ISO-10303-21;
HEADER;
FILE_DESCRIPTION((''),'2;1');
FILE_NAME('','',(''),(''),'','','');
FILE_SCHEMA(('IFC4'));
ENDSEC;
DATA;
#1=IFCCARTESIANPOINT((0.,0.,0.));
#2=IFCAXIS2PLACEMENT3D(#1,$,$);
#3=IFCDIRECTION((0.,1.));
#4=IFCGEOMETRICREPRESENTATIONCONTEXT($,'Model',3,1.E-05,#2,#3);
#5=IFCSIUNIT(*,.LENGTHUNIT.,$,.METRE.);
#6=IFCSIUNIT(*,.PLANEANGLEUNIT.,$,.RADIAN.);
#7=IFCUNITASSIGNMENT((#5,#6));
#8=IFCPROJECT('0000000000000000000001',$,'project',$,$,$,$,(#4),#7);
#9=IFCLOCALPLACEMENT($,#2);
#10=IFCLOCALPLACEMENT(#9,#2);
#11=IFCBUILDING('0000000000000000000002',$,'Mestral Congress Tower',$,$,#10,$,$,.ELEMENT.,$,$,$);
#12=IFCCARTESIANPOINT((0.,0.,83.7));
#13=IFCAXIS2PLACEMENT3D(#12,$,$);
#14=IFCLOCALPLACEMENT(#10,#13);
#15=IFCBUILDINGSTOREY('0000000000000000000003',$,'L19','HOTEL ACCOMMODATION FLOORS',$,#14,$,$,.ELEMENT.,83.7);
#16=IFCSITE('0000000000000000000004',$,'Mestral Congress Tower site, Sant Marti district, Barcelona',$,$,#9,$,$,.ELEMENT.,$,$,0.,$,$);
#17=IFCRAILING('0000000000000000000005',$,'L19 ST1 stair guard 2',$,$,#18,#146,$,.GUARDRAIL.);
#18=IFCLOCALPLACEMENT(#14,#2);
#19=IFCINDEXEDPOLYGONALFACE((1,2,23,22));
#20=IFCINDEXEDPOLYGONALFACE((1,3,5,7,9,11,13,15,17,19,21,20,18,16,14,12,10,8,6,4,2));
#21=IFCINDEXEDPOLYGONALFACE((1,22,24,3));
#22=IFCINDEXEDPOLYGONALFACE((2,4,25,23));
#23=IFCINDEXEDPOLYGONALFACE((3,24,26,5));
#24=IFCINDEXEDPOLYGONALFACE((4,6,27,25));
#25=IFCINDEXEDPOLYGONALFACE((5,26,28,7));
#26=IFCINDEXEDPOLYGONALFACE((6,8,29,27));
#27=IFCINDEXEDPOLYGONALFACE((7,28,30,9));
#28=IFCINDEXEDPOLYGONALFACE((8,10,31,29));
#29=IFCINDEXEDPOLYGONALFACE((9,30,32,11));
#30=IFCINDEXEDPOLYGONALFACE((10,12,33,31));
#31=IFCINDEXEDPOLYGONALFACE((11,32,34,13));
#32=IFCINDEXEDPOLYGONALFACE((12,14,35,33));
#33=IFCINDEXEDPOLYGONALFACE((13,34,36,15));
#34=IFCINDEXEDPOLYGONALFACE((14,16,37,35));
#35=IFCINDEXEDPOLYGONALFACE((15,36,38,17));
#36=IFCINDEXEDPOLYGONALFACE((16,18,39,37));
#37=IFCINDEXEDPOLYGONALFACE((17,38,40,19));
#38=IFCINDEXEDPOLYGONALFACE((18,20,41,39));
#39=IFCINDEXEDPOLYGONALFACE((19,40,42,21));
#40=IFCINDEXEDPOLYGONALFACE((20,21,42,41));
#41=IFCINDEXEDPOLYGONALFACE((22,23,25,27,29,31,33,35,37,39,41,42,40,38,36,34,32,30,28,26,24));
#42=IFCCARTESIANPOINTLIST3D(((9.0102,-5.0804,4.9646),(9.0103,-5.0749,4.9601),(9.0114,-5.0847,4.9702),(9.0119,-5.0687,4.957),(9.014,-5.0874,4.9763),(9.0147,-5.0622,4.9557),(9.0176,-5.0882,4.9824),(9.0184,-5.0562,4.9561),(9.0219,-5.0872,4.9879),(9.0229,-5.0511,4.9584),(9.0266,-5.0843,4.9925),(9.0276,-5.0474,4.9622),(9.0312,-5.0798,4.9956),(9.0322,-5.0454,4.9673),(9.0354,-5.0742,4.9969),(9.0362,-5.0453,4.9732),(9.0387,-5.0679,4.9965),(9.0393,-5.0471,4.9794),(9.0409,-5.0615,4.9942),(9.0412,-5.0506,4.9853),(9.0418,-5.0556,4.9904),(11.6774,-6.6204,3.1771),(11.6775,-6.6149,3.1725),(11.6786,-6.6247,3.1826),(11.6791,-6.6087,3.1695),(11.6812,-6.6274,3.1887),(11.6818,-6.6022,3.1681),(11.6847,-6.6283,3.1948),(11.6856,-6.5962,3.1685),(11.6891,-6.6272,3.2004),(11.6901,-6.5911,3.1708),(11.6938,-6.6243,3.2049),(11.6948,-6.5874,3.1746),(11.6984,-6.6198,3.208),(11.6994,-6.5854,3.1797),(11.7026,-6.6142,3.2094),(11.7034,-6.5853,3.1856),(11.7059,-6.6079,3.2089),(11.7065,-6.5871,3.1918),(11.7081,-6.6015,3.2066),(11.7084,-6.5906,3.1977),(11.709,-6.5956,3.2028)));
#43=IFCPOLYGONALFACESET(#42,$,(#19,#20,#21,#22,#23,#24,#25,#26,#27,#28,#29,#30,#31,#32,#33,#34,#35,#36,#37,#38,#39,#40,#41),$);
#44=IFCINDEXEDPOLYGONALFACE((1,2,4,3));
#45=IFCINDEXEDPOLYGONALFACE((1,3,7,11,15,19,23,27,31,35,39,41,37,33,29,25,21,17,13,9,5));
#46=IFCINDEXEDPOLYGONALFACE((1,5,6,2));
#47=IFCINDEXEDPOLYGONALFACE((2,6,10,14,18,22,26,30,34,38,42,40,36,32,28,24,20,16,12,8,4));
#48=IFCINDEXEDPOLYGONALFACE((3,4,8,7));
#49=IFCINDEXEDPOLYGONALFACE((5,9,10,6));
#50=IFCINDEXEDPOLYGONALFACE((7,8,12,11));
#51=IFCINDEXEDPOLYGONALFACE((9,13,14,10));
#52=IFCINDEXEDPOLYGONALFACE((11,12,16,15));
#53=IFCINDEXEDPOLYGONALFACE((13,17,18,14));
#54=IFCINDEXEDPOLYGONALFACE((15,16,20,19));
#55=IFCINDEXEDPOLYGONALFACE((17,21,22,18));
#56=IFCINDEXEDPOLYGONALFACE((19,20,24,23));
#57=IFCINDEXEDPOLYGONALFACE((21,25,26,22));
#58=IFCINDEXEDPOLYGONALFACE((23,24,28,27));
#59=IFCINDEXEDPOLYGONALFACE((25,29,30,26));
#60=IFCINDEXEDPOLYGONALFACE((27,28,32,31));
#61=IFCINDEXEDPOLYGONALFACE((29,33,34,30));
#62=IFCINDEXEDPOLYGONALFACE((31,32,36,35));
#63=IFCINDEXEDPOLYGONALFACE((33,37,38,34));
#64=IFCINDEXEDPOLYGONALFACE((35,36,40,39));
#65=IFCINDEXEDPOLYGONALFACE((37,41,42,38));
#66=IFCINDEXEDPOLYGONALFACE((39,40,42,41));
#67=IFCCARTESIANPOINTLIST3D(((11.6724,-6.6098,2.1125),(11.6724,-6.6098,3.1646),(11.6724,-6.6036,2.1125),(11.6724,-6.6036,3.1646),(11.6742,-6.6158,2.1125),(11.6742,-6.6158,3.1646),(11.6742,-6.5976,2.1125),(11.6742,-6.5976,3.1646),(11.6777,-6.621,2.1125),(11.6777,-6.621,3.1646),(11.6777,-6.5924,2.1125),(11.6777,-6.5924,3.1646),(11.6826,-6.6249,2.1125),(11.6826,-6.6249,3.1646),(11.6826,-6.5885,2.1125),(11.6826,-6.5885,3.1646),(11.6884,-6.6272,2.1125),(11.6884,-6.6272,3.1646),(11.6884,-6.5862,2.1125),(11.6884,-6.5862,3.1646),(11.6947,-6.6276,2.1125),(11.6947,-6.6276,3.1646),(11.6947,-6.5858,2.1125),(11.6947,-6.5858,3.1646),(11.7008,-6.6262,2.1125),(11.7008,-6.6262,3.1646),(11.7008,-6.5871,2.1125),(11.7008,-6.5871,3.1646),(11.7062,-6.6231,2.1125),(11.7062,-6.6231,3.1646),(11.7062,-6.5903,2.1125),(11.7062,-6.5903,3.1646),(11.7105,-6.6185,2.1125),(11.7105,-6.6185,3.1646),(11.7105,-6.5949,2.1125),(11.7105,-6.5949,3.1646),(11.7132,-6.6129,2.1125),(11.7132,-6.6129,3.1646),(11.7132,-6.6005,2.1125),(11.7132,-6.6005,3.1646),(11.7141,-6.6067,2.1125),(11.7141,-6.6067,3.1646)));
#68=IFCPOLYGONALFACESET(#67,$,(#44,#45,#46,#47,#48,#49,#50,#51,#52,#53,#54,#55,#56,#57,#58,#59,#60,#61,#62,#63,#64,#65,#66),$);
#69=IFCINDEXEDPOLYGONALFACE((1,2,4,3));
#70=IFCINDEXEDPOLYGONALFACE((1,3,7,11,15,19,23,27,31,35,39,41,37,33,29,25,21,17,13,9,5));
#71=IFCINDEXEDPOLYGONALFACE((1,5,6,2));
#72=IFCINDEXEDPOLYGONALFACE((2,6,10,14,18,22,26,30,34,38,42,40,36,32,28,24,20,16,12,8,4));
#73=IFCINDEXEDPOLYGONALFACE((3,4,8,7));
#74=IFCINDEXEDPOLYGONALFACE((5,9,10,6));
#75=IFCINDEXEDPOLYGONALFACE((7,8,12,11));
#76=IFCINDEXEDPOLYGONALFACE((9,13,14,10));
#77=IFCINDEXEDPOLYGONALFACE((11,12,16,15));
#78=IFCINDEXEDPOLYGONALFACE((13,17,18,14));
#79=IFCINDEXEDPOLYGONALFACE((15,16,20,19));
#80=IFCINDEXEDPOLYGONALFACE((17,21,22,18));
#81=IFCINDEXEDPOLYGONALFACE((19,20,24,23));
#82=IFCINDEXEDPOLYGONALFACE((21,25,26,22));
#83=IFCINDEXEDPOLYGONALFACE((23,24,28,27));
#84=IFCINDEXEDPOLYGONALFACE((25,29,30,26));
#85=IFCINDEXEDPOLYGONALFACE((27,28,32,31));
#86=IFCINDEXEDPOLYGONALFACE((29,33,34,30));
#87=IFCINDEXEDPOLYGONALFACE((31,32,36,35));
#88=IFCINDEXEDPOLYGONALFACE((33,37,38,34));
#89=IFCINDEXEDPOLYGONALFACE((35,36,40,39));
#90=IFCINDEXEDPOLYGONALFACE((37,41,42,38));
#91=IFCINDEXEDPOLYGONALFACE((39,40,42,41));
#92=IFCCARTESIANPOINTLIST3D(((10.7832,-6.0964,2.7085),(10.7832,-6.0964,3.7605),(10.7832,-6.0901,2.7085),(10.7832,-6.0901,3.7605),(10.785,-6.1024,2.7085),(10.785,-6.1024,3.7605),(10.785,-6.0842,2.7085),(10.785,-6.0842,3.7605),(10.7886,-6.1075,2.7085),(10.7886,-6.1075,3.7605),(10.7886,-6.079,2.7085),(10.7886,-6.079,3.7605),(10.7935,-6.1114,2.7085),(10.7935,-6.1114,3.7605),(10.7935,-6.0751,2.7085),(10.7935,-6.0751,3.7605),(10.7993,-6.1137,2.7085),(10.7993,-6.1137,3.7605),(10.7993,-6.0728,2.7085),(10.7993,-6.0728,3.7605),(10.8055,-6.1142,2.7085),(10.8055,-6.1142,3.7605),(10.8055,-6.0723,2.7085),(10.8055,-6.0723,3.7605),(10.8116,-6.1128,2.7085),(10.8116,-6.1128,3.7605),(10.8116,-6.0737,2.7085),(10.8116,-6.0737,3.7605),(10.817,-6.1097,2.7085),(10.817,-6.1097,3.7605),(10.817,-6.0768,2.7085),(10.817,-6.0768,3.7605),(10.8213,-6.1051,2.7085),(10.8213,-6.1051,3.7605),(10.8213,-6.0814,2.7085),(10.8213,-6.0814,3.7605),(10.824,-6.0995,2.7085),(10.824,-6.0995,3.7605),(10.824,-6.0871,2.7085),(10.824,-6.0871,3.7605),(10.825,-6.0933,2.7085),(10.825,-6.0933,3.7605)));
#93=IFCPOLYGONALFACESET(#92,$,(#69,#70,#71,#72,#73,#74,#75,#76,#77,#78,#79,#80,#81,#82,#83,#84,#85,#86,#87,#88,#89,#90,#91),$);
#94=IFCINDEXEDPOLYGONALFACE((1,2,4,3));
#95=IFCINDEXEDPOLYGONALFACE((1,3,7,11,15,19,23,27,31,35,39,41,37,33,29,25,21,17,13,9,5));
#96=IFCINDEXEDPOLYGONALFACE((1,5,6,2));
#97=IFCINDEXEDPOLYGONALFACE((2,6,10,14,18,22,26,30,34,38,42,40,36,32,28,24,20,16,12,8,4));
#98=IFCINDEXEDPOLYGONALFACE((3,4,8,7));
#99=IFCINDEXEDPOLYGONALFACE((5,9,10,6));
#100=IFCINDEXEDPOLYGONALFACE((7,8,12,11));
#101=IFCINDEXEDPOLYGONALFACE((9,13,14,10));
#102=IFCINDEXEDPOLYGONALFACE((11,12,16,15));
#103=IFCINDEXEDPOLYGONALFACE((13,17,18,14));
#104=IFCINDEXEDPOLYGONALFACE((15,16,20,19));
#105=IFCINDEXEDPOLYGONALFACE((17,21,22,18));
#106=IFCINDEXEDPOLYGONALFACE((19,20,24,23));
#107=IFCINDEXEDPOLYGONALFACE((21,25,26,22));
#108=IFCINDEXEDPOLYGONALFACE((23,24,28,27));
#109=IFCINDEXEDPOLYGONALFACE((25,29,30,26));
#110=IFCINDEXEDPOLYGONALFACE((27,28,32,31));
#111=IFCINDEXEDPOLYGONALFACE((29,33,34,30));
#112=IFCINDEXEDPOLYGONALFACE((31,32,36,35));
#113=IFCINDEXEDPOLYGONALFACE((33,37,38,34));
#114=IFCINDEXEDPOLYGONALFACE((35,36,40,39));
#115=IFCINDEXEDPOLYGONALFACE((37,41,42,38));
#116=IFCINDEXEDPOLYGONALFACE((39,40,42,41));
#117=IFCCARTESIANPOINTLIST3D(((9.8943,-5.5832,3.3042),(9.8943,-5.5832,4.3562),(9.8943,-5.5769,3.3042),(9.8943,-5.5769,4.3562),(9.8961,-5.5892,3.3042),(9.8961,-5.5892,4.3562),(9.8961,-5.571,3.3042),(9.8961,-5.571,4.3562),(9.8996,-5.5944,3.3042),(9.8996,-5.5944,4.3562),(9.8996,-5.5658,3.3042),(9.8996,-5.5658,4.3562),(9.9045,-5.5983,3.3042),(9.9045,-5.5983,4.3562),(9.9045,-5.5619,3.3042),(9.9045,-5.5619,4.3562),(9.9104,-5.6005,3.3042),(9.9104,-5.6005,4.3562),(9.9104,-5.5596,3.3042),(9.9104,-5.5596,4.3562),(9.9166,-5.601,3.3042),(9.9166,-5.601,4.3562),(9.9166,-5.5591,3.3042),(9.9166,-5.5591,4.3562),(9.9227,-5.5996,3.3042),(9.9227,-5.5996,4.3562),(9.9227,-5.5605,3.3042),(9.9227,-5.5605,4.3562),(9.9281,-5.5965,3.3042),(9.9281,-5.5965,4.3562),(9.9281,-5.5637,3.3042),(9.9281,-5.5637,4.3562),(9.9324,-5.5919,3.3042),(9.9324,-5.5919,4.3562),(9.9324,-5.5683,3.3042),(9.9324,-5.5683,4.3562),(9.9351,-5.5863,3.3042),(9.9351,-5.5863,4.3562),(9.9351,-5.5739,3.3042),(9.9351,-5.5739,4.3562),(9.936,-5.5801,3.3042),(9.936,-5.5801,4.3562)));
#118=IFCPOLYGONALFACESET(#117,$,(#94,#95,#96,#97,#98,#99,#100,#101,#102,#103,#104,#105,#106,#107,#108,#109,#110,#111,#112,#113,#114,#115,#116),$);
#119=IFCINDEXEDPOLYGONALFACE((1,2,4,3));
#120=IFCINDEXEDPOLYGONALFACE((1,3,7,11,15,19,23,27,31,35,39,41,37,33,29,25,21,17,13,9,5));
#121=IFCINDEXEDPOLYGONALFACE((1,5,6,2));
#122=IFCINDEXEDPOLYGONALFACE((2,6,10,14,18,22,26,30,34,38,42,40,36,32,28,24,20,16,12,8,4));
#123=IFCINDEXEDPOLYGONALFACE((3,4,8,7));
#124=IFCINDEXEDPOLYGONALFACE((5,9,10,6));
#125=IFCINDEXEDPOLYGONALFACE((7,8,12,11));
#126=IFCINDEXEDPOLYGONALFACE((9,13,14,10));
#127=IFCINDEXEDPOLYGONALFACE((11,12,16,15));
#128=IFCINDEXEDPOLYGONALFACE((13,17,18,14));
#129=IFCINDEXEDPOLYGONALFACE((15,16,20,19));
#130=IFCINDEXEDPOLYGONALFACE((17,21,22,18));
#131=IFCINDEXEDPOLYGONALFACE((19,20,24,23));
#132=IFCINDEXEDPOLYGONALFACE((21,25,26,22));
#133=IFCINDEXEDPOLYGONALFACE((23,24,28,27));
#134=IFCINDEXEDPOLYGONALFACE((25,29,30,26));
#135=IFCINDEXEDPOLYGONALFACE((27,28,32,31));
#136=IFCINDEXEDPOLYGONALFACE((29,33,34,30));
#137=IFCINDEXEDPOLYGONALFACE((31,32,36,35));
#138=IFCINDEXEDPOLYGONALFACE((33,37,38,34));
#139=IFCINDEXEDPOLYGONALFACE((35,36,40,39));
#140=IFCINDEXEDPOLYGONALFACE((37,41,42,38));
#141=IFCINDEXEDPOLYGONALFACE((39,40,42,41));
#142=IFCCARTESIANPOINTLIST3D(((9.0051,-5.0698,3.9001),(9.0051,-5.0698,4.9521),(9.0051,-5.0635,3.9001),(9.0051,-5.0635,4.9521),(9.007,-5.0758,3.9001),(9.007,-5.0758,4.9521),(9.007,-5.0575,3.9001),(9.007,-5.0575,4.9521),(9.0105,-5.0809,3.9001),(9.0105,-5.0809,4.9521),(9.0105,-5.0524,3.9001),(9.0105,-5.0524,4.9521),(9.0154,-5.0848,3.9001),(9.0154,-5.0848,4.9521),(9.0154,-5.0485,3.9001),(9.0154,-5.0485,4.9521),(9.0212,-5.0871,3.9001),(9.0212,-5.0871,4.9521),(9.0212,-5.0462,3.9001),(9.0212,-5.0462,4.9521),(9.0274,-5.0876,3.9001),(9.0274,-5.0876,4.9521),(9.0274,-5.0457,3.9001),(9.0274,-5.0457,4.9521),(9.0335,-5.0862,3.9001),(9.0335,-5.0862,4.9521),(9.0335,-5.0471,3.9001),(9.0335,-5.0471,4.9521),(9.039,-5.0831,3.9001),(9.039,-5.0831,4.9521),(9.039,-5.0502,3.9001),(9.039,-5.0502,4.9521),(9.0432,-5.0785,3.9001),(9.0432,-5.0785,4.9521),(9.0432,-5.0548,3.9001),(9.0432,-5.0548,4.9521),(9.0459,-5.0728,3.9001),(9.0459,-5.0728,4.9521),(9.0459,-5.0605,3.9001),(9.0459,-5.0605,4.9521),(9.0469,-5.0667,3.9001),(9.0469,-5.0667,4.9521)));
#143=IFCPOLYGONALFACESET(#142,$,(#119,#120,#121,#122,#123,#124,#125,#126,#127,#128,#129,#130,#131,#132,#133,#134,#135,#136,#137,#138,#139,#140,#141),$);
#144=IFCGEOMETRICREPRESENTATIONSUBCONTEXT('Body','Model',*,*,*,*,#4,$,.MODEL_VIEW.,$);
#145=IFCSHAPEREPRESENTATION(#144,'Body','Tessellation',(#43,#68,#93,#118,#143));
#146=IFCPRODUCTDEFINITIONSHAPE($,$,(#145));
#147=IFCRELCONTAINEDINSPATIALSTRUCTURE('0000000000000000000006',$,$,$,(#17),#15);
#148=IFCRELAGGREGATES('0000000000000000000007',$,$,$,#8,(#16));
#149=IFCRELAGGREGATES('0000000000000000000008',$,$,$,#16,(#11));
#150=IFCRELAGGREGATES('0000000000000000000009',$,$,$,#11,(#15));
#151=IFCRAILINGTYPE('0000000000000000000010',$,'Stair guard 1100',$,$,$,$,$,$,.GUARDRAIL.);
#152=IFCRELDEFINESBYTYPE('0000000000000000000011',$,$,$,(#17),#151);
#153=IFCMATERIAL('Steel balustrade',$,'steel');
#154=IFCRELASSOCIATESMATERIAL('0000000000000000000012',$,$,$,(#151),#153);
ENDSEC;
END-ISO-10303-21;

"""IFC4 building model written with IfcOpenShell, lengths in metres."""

from ifc_helpers import new_model, si_unit, direction, frame, origin, origin_2d, place, context, subcontext, project, spatial, circle, extrude, material, type_object, element, save


model = new_model("IFC4")

# Units and contexts
model_context = context("Model", 3, precision=1e-05, world=origin(), true_north=direction((0.0, 1.0)))
body_context = subcontext(model_context, "Body", "Model", "MODEL_VIEW")
ifc_project = project(units=[si_unit("LENGTHUNIT", "METRE"), si_unit("PLANEANGLEUNIT", "RADIAN")], contexts=[model_context])

# Site, building, storey
site_placement = place(None, origin())
site = spatial("IfcSite", under=ifc_project, at=site_placement, Name="Mestral Congress Tower site, Sant Marti district, Barcelona", CompositionType="ELEMENT", RefElevation=0.0)
building_placement = place(site_placement, origin())
building = spatial("IfcBuilding", under=site, at=building_placement, Name="Mestral Congress Tower", CompositionType="ELEMENT")
storey_placement = place(building_placement, frame((0.0, 0.0, 83.7)))
storey = spatial("IfcBuildingStorey", under=building, at=storey_placement, Name="L19", Description="HOTEL ACCOMMODATION FLOORS", CompositionType="ELEMENT", Elevation=83.7)

# Railing
ifc_material_1 = material(Name="Steel balustrade", Category="steel")
railing_type_1 = type_object("IfcRailingType", Name="Stair guard 1100", PredefinedType="GUARDRAIL", material=ifc_material_1)
railing_1_placement = place(storey_placement, frame((11.6931, -6.6067, 2.1125)))
element("IfcRailing", 1, at=railing_1_placement, inside=storey, type_object=railing_type_1, Name="L19 ST1 stair guard 2", PredefinedType="GUARDRAIL", context=body_context, shape_type="SweptSolid", body=[
    extrude(circle(Radius=0.0239, at=origin_2d()), frame((0.0, 0.0, 1.0762), z_axis=(-0.748994, 0.432463, 0.50198), x_axis=(-0.500027, -0.86601, 0.0)), (0.0, 0.0, 1.0), 3.561),
    extrude(circle(Radius=0.021, at=origin_2d()), origin(), (0.0, 0.0, 1.0), 1.052),
    extrude(circle(Radius=0.021, at=origin_2d()), frame((-0.8892, 0.5134, 0.5959)), (0.0, 0.0, 1.0), 1.052),
    extrude(circle(Radius=0.021, at=origin_2d()), frame((-1.7781, 1.0266, 1.1917)), (0.0, 0.0, 1.0), 1.052),
    extrude(circle(Radius=0.021, at=origin_2d()), frame((-2.6672, 1.54, 1.7876)), (0.0, 0.0, 1.0), 1.052),
])

save(model, "model.ifc")
